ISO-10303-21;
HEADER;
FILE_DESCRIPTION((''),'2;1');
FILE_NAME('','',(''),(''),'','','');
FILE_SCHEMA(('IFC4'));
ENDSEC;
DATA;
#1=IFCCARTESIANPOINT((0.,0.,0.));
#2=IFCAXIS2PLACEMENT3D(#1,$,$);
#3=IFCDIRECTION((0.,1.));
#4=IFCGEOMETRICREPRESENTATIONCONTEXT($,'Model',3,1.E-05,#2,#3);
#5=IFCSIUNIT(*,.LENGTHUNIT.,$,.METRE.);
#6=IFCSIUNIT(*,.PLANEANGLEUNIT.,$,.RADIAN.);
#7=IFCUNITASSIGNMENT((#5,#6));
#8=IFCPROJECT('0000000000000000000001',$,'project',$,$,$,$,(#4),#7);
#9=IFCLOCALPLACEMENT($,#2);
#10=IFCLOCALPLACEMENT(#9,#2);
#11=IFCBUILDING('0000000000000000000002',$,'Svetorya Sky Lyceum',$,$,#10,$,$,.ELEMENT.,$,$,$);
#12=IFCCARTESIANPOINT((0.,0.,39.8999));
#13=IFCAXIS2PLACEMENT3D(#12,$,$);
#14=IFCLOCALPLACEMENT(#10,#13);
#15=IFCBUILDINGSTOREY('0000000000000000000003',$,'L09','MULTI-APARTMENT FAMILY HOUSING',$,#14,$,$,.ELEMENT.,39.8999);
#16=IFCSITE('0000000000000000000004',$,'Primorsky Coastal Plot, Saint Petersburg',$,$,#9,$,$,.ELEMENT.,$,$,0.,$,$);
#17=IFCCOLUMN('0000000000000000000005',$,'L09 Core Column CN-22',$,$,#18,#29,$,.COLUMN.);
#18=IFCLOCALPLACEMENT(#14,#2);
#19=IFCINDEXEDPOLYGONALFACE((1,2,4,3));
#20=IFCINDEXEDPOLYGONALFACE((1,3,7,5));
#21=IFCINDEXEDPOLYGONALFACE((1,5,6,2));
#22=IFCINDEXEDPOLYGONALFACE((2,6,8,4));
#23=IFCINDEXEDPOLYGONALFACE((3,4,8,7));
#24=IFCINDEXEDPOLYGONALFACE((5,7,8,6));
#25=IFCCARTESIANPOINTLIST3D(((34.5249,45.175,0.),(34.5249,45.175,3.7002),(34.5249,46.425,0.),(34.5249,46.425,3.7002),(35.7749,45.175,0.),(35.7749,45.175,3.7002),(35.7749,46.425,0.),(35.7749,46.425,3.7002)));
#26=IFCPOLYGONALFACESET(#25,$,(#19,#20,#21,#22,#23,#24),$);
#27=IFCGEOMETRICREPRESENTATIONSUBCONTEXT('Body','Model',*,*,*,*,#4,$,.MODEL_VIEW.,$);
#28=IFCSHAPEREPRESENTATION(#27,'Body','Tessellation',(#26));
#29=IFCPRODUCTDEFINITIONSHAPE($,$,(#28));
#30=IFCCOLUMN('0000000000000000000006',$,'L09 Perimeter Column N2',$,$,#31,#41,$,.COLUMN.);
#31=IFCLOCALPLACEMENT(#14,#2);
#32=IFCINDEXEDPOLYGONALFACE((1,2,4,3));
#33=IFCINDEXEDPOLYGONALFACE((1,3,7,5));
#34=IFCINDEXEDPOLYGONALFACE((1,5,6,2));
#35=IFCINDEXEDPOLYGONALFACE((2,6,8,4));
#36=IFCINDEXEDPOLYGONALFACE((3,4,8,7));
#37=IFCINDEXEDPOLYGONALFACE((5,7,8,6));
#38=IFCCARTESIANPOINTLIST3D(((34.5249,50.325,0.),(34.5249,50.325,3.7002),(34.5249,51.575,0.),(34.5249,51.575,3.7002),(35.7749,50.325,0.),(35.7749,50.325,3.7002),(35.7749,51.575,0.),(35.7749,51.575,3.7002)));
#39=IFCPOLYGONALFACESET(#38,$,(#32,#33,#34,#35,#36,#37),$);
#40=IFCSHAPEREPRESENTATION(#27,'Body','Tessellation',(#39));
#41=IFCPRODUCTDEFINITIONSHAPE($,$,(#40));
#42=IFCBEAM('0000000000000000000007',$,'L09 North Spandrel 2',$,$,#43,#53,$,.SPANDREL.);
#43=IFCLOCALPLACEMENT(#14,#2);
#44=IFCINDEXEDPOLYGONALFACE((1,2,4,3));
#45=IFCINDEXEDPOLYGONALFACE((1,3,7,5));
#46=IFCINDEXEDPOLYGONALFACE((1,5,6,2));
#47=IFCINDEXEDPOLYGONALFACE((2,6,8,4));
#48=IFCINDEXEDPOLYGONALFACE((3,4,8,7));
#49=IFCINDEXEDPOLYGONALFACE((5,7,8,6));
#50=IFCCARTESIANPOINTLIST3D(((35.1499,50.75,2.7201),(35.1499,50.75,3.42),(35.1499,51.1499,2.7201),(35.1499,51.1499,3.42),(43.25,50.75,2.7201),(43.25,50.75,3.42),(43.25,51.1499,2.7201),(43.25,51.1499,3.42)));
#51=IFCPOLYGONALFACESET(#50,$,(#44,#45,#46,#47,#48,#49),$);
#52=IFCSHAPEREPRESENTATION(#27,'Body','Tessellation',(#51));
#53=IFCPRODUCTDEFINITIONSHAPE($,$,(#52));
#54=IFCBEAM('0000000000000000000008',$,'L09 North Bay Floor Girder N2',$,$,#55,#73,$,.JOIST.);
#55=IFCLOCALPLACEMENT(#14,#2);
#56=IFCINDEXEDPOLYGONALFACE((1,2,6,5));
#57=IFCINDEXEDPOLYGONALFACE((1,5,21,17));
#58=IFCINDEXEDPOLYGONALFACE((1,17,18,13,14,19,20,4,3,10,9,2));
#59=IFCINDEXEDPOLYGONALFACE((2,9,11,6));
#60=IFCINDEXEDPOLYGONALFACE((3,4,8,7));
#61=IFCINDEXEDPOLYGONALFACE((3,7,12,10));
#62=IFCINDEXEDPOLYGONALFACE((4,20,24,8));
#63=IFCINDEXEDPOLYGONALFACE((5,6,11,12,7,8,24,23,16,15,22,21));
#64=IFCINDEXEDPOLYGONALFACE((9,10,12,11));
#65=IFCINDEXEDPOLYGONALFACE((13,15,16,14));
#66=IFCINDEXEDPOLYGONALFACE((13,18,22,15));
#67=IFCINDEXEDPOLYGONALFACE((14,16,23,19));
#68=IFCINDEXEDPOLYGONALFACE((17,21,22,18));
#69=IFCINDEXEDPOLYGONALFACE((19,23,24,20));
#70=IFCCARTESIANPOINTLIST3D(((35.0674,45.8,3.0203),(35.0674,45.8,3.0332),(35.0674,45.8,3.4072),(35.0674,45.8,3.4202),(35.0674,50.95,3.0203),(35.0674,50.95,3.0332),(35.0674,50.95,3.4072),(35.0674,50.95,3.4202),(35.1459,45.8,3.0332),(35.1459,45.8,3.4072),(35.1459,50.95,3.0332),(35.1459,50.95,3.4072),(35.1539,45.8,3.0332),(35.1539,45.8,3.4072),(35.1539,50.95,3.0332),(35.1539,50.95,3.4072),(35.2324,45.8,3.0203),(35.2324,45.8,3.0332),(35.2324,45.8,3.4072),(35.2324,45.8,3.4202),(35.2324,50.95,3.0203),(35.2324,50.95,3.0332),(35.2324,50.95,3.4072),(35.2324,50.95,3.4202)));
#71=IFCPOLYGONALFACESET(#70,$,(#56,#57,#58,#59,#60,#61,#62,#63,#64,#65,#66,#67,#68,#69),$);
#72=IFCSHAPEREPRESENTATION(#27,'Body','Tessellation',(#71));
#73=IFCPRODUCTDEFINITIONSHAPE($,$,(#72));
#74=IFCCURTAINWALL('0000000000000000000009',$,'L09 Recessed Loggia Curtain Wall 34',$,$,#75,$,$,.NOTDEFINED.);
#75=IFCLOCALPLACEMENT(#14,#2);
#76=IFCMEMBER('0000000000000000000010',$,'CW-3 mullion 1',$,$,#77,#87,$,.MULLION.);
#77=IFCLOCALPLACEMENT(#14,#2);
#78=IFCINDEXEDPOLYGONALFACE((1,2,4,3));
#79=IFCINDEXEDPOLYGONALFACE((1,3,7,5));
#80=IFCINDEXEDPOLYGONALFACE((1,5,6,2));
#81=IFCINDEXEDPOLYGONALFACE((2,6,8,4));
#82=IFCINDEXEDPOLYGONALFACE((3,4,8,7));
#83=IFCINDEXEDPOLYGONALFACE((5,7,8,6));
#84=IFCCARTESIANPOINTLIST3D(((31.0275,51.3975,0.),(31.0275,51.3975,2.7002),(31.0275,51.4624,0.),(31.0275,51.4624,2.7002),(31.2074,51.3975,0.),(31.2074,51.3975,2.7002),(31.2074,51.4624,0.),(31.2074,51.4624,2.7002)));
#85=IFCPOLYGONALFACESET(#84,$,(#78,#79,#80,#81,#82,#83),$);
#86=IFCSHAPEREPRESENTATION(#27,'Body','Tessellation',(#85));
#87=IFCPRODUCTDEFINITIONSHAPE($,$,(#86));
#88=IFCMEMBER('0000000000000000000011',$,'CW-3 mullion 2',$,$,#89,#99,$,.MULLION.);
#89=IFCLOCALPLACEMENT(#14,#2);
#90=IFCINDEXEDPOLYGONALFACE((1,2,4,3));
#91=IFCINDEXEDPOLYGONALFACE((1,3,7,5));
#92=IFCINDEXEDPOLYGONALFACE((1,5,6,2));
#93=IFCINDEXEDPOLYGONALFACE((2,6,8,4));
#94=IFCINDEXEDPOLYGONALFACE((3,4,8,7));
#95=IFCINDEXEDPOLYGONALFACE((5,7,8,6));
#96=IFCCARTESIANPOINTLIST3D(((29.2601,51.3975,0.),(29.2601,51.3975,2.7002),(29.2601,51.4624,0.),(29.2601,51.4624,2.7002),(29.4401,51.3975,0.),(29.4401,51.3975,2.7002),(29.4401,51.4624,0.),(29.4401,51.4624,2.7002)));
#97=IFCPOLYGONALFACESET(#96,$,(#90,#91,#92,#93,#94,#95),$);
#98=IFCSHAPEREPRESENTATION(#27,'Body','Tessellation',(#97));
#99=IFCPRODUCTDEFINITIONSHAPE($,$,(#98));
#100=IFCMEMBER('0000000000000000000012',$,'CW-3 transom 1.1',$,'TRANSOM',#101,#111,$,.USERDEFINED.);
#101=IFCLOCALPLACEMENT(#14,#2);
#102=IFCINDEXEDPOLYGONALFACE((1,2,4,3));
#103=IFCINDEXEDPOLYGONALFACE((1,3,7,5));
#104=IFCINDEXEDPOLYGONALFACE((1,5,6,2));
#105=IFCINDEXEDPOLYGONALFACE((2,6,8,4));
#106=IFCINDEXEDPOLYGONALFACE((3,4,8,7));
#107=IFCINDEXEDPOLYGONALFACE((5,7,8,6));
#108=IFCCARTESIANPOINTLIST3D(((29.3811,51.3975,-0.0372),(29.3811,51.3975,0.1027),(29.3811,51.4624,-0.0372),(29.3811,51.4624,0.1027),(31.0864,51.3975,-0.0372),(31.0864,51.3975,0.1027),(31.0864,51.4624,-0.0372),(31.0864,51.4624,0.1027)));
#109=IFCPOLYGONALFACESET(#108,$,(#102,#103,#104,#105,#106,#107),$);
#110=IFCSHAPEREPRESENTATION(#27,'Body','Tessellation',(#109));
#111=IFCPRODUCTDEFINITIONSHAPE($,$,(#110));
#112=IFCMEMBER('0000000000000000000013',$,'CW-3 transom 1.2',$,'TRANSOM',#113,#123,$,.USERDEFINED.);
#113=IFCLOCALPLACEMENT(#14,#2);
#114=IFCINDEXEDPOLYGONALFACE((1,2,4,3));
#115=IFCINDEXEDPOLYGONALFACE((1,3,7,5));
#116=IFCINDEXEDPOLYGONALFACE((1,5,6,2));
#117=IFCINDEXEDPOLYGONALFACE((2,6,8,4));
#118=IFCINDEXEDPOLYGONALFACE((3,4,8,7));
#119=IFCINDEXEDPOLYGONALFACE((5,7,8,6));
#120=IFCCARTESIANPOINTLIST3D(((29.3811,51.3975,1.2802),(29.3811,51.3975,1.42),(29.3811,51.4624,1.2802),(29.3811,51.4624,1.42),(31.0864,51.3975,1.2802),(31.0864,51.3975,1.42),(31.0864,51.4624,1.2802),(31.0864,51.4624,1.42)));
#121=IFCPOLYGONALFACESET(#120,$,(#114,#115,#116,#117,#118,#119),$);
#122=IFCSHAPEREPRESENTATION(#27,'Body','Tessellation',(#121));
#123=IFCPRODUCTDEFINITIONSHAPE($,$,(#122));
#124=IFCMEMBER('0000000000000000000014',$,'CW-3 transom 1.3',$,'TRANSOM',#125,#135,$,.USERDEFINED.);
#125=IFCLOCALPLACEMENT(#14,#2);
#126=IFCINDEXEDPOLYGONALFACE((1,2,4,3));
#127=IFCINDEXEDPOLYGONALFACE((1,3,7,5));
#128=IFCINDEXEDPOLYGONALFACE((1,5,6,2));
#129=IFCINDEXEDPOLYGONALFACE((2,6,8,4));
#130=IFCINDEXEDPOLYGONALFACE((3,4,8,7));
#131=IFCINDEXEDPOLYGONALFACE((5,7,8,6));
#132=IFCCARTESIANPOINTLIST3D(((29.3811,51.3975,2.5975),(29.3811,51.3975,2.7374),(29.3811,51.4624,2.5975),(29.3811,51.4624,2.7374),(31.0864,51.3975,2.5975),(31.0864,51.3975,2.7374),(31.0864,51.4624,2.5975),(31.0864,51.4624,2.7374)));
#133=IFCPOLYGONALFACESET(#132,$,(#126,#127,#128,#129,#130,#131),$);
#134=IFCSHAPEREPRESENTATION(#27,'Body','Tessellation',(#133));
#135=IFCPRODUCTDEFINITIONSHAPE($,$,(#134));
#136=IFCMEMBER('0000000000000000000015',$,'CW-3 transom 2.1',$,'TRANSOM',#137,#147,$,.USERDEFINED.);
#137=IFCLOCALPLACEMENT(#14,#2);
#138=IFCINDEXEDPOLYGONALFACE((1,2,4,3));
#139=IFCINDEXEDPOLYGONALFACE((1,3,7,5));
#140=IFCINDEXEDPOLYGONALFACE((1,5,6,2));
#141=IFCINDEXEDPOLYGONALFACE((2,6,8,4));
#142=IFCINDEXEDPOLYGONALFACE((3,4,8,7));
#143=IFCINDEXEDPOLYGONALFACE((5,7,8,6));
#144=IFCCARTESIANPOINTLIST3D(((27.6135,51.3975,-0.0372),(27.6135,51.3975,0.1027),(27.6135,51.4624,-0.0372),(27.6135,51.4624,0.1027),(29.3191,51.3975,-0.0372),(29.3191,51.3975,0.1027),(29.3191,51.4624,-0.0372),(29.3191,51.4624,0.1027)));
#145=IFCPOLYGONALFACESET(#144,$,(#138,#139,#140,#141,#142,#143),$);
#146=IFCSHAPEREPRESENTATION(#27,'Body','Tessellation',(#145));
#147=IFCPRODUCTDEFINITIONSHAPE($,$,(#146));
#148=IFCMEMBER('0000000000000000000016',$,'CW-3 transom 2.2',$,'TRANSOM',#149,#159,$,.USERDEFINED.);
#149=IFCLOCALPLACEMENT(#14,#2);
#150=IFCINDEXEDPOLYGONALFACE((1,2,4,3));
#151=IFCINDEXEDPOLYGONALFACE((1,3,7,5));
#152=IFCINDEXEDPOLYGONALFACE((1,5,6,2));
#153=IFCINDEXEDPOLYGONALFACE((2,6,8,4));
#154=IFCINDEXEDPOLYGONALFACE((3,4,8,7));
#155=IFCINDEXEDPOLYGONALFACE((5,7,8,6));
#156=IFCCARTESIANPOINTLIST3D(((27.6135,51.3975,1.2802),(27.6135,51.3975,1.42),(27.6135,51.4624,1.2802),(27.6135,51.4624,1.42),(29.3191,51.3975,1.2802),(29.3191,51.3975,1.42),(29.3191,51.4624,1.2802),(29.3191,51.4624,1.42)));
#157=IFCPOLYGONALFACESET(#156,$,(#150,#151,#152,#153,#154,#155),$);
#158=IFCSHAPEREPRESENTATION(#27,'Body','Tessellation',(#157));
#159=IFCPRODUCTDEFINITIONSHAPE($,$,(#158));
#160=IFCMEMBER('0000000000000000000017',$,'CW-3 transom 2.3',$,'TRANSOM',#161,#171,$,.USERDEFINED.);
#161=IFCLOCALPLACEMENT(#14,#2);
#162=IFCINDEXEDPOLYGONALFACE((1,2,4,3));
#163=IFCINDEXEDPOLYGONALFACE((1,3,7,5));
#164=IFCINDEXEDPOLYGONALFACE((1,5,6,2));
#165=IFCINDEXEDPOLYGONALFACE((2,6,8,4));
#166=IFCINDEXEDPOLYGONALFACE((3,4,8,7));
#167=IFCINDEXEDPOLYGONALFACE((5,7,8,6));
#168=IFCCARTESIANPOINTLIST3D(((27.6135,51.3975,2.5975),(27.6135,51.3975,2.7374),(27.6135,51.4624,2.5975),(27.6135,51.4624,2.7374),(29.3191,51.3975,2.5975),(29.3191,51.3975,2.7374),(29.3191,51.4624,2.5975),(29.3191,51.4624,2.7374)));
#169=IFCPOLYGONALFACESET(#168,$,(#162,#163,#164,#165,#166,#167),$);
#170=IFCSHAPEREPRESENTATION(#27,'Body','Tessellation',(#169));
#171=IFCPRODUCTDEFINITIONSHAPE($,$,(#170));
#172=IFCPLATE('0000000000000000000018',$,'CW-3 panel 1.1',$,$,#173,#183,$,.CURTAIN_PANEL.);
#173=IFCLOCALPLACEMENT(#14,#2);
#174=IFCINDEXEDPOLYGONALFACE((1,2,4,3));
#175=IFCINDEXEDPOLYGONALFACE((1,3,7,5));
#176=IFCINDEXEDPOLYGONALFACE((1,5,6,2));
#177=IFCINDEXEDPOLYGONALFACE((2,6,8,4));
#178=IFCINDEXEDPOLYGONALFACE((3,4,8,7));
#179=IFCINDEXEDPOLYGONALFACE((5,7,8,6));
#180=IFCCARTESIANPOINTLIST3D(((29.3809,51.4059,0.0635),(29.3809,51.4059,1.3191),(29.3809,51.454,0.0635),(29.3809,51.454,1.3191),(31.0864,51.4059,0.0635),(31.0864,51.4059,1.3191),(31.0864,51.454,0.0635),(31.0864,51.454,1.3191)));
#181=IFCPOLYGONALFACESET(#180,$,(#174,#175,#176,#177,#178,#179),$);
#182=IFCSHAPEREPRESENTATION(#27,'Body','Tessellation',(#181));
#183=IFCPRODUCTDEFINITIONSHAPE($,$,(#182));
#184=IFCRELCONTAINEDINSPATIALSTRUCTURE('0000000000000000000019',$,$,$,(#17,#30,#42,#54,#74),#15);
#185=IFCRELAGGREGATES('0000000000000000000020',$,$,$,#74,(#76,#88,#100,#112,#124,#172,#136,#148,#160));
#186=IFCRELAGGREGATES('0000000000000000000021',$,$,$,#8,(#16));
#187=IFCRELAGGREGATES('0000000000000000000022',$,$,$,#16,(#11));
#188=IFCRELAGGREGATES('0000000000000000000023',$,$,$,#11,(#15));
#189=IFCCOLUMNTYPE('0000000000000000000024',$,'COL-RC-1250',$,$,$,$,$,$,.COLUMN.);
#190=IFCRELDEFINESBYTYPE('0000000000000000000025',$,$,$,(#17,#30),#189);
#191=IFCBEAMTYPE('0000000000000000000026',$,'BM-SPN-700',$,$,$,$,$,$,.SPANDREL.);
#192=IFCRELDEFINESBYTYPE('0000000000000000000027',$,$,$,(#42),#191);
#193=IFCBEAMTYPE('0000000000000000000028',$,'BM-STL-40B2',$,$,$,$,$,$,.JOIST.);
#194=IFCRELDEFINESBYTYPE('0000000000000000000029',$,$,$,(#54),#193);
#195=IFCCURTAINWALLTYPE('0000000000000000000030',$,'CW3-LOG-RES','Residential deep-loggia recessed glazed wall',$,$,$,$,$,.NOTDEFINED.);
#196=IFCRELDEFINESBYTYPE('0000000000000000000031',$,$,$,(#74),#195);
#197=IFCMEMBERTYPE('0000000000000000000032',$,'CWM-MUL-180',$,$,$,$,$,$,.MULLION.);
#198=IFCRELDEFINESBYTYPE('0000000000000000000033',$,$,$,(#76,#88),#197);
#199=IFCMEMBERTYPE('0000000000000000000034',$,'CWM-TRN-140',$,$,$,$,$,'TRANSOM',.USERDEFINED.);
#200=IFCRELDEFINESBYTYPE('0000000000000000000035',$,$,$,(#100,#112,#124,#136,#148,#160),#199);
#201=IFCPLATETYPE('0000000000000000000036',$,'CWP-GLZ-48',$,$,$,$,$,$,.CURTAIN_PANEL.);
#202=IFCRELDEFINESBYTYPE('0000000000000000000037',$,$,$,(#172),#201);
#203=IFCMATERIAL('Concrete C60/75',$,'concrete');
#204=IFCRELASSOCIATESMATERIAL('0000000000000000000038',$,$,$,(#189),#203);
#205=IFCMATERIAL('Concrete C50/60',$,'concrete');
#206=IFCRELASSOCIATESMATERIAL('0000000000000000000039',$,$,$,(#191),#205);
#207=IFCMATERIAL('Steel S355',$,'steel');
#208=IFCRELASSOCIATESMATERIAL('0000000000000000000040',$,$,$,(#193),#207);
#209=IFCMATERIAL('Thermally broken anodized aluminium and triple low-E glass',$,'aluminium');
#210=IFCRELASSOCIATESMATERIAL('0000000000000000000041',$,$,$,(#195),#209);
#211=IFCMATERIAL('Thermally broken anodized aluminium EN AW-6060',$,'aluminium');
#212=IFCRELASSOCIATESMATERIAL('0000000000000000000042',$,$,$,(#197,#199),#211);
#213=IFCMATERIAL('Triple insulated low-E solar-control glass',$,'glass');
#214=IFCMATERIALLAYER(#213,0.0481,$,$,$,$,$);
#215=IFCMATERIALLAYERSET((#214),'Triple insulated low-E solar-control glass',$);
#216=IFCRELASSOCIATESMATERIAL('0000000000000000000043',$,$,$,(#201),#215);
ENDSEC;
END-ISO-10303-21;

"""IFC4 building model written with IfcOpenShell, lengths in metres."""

from ifc_helpers import new_model, si_unit, direction, frame, origin, origin_2d, place, context, subcontext, project, spatial, rectangle, i_section, extrude, material, layer, layer_set, material_profile, profile_set, type_object, element, aggregate, save


model = new_model("IFC4")

# Units and contexts
model_context = context("Model", 3, precision=1e-05, world=origin(), true_north=direction((0.0, 1.0)))
body_context = subcontext(model_context, "Body", "Model", "MODEL_VIEW")
ifc_project = project(units=[si_unit("LENGTHUNIT", "METRE"), si_unit("PLANEANGLEUNIT", "RADIAN")], contexts=[model_context])

# Site, building, storey
site_placement = place(None, origin())
site = spatial("IfcSite", under=ifc_project, at=site_placement, Name="Primorsky Coastal Plot, Saint Petersburg", CompositionType="ELEMENT", RefElevation=0.0)
building_placement = place(site_placement, origin())
building = spatial("IfcBuilding", under=site, at=building_placement, Name="Svetorya Sky Lyceum", CompositionType="ELEMENT")
storey_placement = place(building_placement, frame((0.0, 0.0, 39.8999)))
storey = spatial("IfcBuildingStorey", under=building, at=storey_placement, Name="L09", Description="MULTI-APARTMENT FAMILY HOUSING", CompositionType="ELEMENT", Elevation=39.8999)

# Columns
ifc_material_1 = material(Name="Concrete C60/75", Category="concrete")
ifc_material_profile_1 = material_profile(ifc_material_1, rectangle(XDim=1.25, YDim=1.25, at=origin_2d()), Name="RC COL 1250x1250")
ifc_profile_set_1 = profile_set([ifc_material_profile_1], Name="Concrete C60/75")
column_type = type_object("IfcColumnType", Name="COL-RC-1250", PredefinedType="COLUMN", material=ifc_profile_set_1)
for number, where, z_axis, x_axis, name in (
    (1, (35.1499, 45.8, 0.0), (0.0, 0.0, 1.0), (1.0, 0.0, 0.0), "L09 Core Column CN-22"),
    (2, (35.1499, 50.95, 0.0), (0.0, 0.0, 1.0), (1.0, 0.0, 0.0), "L09 Perimeter Column N2"),
):
    element("IfcColumn", number, at=place(storey_placement, frame(where, z_axis=z_axis, x_axis=x_axis)), inside=storey, type_object=column_type, Name=name, PredefinedType="COLUMN", context=body_context, shape_type="SweptSolid", body=[
        extrude(rectangle(XDim=1.25, YDim=1.25, at=origin_2d()), origin(), (0.0, 0.0, 1.0), 3.7002),
    ])

# Beams
ifc_material_2 = material(Name="Concrete C50/60", Category="concrete")
ifc_material_profile_2 = material_profile(ifc_material_2, rectangle(XDim=0.3999, YDim=0.7, at=origin_2d()), Name="RC SPANDREL 400x700")
ifc_profile_set_2 = profile_set([ifc_material_profile_2], Name="Concrete C50/60")
beam_type_1 = type_object("IfcBeamType", Name="BM-SPN-700", PredefinedType="SPANDREL", material=ifc_profile_set_2)
beam_1_placement = place(storey_placement, frame((35.1499, 50.95, 3.0701), z_axis=(1.0, 0.0, 0.0), x_axis=(0.0, 1.0, 0.0)))
element("IfcBeam", 3, at=beam_1_placement, inside=storey, type_object=beam_type_1, Name="L09 North Spandrel 2", PredefinedType="SPANDREL", context=body_context, shape_type="SweptSolid", body=[
    extrude(rectangle(XDim=0.3999, YDim=0.7, at=origin_2d()), origin(), (0.0, 0.0, 1.0), 8.1001),
])
ifc_material_3 = material(Name="Steel S355", Category="steel")
ifc_material_profile_3 = material_profile(ifc_material_3, i_section(OverallWidth=0.165, OverallDepth=0.3999, WebThickness=0.0081, FlangeThickness=0.0129, at=origin_2d()), Name="GOST 40B2")
ifc_profile_set_3 = profile_set([ifc_material_profile_3], Name="Steel S355")
beam_type_2 = type_object("IfcBeamType", Name="BM-STL-40B2", PredefinedType="JOIST", material=ifc_profile_set_3)
beam_2_placement = place(storey_placement, frame((35.1499, 45.8, 3.2202), z_axis=(0.0, 1.0, 0.0), x_axis=(-1.0, 0.0, 0.0)))
element("IfcBeam", 4, at=beam_2_placement, inside=storey, type_object=beam_type_2, Name="L09 North Bay Floor Girder N2", PredefinedType="JOIST", context=body_context, shape_type="SweptSolid", body=[
    extrude(i_section(OverallWidth=0.165, OverallDepth=0.3999, WebThickness=0.0081, FlangeThickness=0.0129, at=origin_2d()), origin(), (0.0, 0.0, 1.0), 5.1499),
])

# Curtain wall, members, plate
ifc_material_4 = material(Name="Thermally broken anodized aluminium and triple low-E glass", Category="aluminium")
curtain_wall_type = type_object("IfcCurtainWallType", Name="CW3-LOG-RES", Description="Residential deep-loggia recessed glazed wall", PredefinedType="NOTDEFINED", material=ifc_material_4)
curtain_wall_placement = place(storey_placement, origin())
curtain_wall = element("IfcCurtainWall", 5, at=curtain_wall_placement, inside=storey, type_object=curtain_wall_type, Name="L09 Recessed Loggia Curtain Wall 34", PredefinedType="NOTDEFINED")
ifc_material_5 = material(Name="Thermally broken anodized aluminium EN AW-6060", Category="aluminium")
ifc_material_profile_4 = material_profile(ifc_material_5, rectangle(XDim=0.0649, YDim=0.1799, at=origin_2d()), Name="ALU MULLION 65x180")
ifc_profile_set_4 = profile_set([ifc_material_profile_4], Name="Thermally broken anodized aluminium EN AW-6060")
member_type_1 = type_object("IfcMemberType", Name="CWM-MUL-180", PredefinedType="MULLION", material=ifc_profile_set_4)
member_1_placement = place(storey_placement, frame((31.1174, 51.4299, 0.0), z_axis=(0.0, 0.0, 1.0), x_axis=(0.0, -1.0, 0.0)))
member_1 = element("IfcMember", 6, at=member_1_placement, type_object=member_type_1, Name="CW-3 mullion 1", PredefinedType="MULLION", context=body_context, shape_type="SweptSolid", body=[
    extrude(rectangle(XDim=0.0649, YDim=0.1799, at=origin_2d()), origin(), (0.0, 0.0, 1.0), 2.7002),
])
member_2_placement = place(storey_placement, frame((29.3501, 51.4299, 0.0), z_axis=(0.0, 0.0, 1.0), x_axis=(0.0, -1.0, 0.0)))
member_2 = element("IfcMember", 7, at=member_2_placement, type_object=member_type_1, Name="CW-3 mullion 2", PredefinedType="MULLION", context=body_context, shape_type="SweptSolid", body=[
    extrude(rectangle(XDim=0.0649, YDim=0.1799, at=origin_2d()), origin(), (0.0, 0.0, 1.0), 2.7002),
])
ifc_material_profile_5 = material_profile(ifc_material_5, rectangle(XDim=0.0649, YDim=0.1399, at=origin_2d()), Name="ALU TRANSOM 65x140")
ifc_profile_set_5 = profile_set([ifc_material_profile_5], Name="Thermally broken anodized aluminium EN AW-6060")
member_type_2 = type_object("IfcMemberType", Name="CWM-TRN-140", ElementType="TRANSOM", PredefinedType="USERDEFINED", material=ifc_profile_set_5)
member_3_placement = place(storey_placement, frame((31.0864, 51.4299, 0.0327), z_axis=(-1.0, 0.0, 0.0), x_axis=(0.0, -1.0, 0.0)))
member_3 = element("IfcMember", 8, at=member_3_placement, type_object=member_type_2, Name="CW-3 transom 1.1", ObjectType="TRANSOM", PredefinedType="USERDEFINED", context=body_context, shape_type="SweptSolid", body=[
    extrude(rectangle(XDim=0.0649, YDim=0.1399, at=origin_2d()), origin(), (0.0, 0.0, 1.0), 1.7053),
])
member_4_placement = place(storey_placement, frame((31.0864, 51.4299, 1.3501), z_axis=(-1.0, 0.0, 0.0), x_axis=(0.0, -1.0, 0.0)))
member_4 = element("IfcMember", 9, at=member_4_placement, type_object=member_type_2, Name="CW-3 transom 1.2", ObjectType="TRANSOM", PredefinedType="USERDEFINED", context=body_context, shape_type="SweptSolid", body=[
    extrude(rectangle(XDim=0.0649, YDim=0.1399, at=origin_2d()), origin(), (0.0, 0.0, 1.0), 1.7053),
])
member_5_placement = place(storey_placement, frame((31.0864, 51.4299, 2.6675), z_axis=(-1.0, 0.0, 0.0), x_axis=(0.0, -1.0, 0.0)))
member_5 = element("IfcMember", 10, at=member_5_placement, type_object=member_type_2, Name="CW-3 transom 1.3", ObjectType="TRANSOM", PredefinedType="USERDEFINED", context=body_context, shape_type="SweptSolid", body=[
    extrude(rectangle(XDim=0.0649, YDim=0.1399, at=origin_2d()), origin(), (0.0, 0.0, 1.0), 1.7053),
])
member_6_placement = place(storey_placement, frame((29.3191, 51.4299, 0.0327), z_axis=(-1.0, 0.0, 0.0), x_axis=(0.0, -1.0, 0.0)))
member_6 = element("IfcMember", 11, at=member_6_placement, type_object=member_type_2, Name="CW-3 transom 2.1", ObjectType="TRANSOM", PredefinedType="USERDEFINED", context=body_context, shape_type="SweptSolid", body=[
    extrude(rectangle(XDim=0.0649, YDim=0.1399, at=origin_2d()), origin(), (0.0, 0.0, 1.0), 1.7056),
])
member_7_placement = place(storey_placement, frame((29.3191, 51.4299, 1.3501), z_axis=(-1.0, 0.0, 0.0), x_axis=(0.0, -1.0, 0.0)))
member_7 = element("IfcMember", 12, at=member_7_placement, type_object=member_type_2, Name="CW-3 transom 2.2", ObjectType="TRANSOM", PredefinedType="USERDEFINED", context=body_context, shape_type="SweptSolid", body=[
    extrude(rectangle(XDim=0.0649, YDim=0.1399, at=origin_2d()), origin(), (0.0, 0.0, 1.0), 1.7056),
])
member_8_placement = place(storey_placement, frame((29.3191, 51.4299, 2.6675), z_axis=(-1.0, 0.0, 0.0), x_axis=(0.0, -1.0, 0.0)))
member_8 = element("IfcMember", 13, at=member_8_placement, type_object=member_type_2, Name="CW-3 transom 2.3", ObjectType="TRANSOM", PredefinedType="USERDEFINED", context=body_context, shape_type="SweptSolid", body=[
    extrude(rectangle(XDim=0.0649, YDim=0.1399, at=origin_2d()), origin(), (0.0, 0.0, 1.0), 1.7056),
])
ifc_material_6 = material(Name="Triple insulated low-E solar-control glass", Category="glass")
ifc_layer_1 = layer(ifc_material_6, 0.0481)
ifc_layer_set_1 = layer_set([ifc_layer_1], Name="Triple insulated low-E solar-control glass")
plate_type = type_object("IfcPlateType", Name="CWP-GLZ-48", PredefinedType="CURTAIN_PANEL", material=ifc_layer_set_1)
plate_1_placement = place(storey_placement, frame((30.2336, 51.4299, 0.0635), z_axis=(0.0, 0.0, 1.0), x_axis=(-1.0, 0.0, 0.0)))
plate_1 = element("IfcPlate", 14, at=plate_1_placement, type_object=plate_type, Name="CW-3 panel 1.1", PredefinedType="CURTAIN_PANEL", context=body_context, shape_type="SweptSolid", body=[
    extrude(rectangle(XDim=1.7056, YDim=0.0481, at=origin_2d()), origin(), (0.0, 0.0, 1.0), 1.2556),
])
aggregate(curtain_wall, [member_1, member_2, member_3, member_4, member_5, plate_1, member_6, member_7, member_8])

save(model, "model.ifc")
